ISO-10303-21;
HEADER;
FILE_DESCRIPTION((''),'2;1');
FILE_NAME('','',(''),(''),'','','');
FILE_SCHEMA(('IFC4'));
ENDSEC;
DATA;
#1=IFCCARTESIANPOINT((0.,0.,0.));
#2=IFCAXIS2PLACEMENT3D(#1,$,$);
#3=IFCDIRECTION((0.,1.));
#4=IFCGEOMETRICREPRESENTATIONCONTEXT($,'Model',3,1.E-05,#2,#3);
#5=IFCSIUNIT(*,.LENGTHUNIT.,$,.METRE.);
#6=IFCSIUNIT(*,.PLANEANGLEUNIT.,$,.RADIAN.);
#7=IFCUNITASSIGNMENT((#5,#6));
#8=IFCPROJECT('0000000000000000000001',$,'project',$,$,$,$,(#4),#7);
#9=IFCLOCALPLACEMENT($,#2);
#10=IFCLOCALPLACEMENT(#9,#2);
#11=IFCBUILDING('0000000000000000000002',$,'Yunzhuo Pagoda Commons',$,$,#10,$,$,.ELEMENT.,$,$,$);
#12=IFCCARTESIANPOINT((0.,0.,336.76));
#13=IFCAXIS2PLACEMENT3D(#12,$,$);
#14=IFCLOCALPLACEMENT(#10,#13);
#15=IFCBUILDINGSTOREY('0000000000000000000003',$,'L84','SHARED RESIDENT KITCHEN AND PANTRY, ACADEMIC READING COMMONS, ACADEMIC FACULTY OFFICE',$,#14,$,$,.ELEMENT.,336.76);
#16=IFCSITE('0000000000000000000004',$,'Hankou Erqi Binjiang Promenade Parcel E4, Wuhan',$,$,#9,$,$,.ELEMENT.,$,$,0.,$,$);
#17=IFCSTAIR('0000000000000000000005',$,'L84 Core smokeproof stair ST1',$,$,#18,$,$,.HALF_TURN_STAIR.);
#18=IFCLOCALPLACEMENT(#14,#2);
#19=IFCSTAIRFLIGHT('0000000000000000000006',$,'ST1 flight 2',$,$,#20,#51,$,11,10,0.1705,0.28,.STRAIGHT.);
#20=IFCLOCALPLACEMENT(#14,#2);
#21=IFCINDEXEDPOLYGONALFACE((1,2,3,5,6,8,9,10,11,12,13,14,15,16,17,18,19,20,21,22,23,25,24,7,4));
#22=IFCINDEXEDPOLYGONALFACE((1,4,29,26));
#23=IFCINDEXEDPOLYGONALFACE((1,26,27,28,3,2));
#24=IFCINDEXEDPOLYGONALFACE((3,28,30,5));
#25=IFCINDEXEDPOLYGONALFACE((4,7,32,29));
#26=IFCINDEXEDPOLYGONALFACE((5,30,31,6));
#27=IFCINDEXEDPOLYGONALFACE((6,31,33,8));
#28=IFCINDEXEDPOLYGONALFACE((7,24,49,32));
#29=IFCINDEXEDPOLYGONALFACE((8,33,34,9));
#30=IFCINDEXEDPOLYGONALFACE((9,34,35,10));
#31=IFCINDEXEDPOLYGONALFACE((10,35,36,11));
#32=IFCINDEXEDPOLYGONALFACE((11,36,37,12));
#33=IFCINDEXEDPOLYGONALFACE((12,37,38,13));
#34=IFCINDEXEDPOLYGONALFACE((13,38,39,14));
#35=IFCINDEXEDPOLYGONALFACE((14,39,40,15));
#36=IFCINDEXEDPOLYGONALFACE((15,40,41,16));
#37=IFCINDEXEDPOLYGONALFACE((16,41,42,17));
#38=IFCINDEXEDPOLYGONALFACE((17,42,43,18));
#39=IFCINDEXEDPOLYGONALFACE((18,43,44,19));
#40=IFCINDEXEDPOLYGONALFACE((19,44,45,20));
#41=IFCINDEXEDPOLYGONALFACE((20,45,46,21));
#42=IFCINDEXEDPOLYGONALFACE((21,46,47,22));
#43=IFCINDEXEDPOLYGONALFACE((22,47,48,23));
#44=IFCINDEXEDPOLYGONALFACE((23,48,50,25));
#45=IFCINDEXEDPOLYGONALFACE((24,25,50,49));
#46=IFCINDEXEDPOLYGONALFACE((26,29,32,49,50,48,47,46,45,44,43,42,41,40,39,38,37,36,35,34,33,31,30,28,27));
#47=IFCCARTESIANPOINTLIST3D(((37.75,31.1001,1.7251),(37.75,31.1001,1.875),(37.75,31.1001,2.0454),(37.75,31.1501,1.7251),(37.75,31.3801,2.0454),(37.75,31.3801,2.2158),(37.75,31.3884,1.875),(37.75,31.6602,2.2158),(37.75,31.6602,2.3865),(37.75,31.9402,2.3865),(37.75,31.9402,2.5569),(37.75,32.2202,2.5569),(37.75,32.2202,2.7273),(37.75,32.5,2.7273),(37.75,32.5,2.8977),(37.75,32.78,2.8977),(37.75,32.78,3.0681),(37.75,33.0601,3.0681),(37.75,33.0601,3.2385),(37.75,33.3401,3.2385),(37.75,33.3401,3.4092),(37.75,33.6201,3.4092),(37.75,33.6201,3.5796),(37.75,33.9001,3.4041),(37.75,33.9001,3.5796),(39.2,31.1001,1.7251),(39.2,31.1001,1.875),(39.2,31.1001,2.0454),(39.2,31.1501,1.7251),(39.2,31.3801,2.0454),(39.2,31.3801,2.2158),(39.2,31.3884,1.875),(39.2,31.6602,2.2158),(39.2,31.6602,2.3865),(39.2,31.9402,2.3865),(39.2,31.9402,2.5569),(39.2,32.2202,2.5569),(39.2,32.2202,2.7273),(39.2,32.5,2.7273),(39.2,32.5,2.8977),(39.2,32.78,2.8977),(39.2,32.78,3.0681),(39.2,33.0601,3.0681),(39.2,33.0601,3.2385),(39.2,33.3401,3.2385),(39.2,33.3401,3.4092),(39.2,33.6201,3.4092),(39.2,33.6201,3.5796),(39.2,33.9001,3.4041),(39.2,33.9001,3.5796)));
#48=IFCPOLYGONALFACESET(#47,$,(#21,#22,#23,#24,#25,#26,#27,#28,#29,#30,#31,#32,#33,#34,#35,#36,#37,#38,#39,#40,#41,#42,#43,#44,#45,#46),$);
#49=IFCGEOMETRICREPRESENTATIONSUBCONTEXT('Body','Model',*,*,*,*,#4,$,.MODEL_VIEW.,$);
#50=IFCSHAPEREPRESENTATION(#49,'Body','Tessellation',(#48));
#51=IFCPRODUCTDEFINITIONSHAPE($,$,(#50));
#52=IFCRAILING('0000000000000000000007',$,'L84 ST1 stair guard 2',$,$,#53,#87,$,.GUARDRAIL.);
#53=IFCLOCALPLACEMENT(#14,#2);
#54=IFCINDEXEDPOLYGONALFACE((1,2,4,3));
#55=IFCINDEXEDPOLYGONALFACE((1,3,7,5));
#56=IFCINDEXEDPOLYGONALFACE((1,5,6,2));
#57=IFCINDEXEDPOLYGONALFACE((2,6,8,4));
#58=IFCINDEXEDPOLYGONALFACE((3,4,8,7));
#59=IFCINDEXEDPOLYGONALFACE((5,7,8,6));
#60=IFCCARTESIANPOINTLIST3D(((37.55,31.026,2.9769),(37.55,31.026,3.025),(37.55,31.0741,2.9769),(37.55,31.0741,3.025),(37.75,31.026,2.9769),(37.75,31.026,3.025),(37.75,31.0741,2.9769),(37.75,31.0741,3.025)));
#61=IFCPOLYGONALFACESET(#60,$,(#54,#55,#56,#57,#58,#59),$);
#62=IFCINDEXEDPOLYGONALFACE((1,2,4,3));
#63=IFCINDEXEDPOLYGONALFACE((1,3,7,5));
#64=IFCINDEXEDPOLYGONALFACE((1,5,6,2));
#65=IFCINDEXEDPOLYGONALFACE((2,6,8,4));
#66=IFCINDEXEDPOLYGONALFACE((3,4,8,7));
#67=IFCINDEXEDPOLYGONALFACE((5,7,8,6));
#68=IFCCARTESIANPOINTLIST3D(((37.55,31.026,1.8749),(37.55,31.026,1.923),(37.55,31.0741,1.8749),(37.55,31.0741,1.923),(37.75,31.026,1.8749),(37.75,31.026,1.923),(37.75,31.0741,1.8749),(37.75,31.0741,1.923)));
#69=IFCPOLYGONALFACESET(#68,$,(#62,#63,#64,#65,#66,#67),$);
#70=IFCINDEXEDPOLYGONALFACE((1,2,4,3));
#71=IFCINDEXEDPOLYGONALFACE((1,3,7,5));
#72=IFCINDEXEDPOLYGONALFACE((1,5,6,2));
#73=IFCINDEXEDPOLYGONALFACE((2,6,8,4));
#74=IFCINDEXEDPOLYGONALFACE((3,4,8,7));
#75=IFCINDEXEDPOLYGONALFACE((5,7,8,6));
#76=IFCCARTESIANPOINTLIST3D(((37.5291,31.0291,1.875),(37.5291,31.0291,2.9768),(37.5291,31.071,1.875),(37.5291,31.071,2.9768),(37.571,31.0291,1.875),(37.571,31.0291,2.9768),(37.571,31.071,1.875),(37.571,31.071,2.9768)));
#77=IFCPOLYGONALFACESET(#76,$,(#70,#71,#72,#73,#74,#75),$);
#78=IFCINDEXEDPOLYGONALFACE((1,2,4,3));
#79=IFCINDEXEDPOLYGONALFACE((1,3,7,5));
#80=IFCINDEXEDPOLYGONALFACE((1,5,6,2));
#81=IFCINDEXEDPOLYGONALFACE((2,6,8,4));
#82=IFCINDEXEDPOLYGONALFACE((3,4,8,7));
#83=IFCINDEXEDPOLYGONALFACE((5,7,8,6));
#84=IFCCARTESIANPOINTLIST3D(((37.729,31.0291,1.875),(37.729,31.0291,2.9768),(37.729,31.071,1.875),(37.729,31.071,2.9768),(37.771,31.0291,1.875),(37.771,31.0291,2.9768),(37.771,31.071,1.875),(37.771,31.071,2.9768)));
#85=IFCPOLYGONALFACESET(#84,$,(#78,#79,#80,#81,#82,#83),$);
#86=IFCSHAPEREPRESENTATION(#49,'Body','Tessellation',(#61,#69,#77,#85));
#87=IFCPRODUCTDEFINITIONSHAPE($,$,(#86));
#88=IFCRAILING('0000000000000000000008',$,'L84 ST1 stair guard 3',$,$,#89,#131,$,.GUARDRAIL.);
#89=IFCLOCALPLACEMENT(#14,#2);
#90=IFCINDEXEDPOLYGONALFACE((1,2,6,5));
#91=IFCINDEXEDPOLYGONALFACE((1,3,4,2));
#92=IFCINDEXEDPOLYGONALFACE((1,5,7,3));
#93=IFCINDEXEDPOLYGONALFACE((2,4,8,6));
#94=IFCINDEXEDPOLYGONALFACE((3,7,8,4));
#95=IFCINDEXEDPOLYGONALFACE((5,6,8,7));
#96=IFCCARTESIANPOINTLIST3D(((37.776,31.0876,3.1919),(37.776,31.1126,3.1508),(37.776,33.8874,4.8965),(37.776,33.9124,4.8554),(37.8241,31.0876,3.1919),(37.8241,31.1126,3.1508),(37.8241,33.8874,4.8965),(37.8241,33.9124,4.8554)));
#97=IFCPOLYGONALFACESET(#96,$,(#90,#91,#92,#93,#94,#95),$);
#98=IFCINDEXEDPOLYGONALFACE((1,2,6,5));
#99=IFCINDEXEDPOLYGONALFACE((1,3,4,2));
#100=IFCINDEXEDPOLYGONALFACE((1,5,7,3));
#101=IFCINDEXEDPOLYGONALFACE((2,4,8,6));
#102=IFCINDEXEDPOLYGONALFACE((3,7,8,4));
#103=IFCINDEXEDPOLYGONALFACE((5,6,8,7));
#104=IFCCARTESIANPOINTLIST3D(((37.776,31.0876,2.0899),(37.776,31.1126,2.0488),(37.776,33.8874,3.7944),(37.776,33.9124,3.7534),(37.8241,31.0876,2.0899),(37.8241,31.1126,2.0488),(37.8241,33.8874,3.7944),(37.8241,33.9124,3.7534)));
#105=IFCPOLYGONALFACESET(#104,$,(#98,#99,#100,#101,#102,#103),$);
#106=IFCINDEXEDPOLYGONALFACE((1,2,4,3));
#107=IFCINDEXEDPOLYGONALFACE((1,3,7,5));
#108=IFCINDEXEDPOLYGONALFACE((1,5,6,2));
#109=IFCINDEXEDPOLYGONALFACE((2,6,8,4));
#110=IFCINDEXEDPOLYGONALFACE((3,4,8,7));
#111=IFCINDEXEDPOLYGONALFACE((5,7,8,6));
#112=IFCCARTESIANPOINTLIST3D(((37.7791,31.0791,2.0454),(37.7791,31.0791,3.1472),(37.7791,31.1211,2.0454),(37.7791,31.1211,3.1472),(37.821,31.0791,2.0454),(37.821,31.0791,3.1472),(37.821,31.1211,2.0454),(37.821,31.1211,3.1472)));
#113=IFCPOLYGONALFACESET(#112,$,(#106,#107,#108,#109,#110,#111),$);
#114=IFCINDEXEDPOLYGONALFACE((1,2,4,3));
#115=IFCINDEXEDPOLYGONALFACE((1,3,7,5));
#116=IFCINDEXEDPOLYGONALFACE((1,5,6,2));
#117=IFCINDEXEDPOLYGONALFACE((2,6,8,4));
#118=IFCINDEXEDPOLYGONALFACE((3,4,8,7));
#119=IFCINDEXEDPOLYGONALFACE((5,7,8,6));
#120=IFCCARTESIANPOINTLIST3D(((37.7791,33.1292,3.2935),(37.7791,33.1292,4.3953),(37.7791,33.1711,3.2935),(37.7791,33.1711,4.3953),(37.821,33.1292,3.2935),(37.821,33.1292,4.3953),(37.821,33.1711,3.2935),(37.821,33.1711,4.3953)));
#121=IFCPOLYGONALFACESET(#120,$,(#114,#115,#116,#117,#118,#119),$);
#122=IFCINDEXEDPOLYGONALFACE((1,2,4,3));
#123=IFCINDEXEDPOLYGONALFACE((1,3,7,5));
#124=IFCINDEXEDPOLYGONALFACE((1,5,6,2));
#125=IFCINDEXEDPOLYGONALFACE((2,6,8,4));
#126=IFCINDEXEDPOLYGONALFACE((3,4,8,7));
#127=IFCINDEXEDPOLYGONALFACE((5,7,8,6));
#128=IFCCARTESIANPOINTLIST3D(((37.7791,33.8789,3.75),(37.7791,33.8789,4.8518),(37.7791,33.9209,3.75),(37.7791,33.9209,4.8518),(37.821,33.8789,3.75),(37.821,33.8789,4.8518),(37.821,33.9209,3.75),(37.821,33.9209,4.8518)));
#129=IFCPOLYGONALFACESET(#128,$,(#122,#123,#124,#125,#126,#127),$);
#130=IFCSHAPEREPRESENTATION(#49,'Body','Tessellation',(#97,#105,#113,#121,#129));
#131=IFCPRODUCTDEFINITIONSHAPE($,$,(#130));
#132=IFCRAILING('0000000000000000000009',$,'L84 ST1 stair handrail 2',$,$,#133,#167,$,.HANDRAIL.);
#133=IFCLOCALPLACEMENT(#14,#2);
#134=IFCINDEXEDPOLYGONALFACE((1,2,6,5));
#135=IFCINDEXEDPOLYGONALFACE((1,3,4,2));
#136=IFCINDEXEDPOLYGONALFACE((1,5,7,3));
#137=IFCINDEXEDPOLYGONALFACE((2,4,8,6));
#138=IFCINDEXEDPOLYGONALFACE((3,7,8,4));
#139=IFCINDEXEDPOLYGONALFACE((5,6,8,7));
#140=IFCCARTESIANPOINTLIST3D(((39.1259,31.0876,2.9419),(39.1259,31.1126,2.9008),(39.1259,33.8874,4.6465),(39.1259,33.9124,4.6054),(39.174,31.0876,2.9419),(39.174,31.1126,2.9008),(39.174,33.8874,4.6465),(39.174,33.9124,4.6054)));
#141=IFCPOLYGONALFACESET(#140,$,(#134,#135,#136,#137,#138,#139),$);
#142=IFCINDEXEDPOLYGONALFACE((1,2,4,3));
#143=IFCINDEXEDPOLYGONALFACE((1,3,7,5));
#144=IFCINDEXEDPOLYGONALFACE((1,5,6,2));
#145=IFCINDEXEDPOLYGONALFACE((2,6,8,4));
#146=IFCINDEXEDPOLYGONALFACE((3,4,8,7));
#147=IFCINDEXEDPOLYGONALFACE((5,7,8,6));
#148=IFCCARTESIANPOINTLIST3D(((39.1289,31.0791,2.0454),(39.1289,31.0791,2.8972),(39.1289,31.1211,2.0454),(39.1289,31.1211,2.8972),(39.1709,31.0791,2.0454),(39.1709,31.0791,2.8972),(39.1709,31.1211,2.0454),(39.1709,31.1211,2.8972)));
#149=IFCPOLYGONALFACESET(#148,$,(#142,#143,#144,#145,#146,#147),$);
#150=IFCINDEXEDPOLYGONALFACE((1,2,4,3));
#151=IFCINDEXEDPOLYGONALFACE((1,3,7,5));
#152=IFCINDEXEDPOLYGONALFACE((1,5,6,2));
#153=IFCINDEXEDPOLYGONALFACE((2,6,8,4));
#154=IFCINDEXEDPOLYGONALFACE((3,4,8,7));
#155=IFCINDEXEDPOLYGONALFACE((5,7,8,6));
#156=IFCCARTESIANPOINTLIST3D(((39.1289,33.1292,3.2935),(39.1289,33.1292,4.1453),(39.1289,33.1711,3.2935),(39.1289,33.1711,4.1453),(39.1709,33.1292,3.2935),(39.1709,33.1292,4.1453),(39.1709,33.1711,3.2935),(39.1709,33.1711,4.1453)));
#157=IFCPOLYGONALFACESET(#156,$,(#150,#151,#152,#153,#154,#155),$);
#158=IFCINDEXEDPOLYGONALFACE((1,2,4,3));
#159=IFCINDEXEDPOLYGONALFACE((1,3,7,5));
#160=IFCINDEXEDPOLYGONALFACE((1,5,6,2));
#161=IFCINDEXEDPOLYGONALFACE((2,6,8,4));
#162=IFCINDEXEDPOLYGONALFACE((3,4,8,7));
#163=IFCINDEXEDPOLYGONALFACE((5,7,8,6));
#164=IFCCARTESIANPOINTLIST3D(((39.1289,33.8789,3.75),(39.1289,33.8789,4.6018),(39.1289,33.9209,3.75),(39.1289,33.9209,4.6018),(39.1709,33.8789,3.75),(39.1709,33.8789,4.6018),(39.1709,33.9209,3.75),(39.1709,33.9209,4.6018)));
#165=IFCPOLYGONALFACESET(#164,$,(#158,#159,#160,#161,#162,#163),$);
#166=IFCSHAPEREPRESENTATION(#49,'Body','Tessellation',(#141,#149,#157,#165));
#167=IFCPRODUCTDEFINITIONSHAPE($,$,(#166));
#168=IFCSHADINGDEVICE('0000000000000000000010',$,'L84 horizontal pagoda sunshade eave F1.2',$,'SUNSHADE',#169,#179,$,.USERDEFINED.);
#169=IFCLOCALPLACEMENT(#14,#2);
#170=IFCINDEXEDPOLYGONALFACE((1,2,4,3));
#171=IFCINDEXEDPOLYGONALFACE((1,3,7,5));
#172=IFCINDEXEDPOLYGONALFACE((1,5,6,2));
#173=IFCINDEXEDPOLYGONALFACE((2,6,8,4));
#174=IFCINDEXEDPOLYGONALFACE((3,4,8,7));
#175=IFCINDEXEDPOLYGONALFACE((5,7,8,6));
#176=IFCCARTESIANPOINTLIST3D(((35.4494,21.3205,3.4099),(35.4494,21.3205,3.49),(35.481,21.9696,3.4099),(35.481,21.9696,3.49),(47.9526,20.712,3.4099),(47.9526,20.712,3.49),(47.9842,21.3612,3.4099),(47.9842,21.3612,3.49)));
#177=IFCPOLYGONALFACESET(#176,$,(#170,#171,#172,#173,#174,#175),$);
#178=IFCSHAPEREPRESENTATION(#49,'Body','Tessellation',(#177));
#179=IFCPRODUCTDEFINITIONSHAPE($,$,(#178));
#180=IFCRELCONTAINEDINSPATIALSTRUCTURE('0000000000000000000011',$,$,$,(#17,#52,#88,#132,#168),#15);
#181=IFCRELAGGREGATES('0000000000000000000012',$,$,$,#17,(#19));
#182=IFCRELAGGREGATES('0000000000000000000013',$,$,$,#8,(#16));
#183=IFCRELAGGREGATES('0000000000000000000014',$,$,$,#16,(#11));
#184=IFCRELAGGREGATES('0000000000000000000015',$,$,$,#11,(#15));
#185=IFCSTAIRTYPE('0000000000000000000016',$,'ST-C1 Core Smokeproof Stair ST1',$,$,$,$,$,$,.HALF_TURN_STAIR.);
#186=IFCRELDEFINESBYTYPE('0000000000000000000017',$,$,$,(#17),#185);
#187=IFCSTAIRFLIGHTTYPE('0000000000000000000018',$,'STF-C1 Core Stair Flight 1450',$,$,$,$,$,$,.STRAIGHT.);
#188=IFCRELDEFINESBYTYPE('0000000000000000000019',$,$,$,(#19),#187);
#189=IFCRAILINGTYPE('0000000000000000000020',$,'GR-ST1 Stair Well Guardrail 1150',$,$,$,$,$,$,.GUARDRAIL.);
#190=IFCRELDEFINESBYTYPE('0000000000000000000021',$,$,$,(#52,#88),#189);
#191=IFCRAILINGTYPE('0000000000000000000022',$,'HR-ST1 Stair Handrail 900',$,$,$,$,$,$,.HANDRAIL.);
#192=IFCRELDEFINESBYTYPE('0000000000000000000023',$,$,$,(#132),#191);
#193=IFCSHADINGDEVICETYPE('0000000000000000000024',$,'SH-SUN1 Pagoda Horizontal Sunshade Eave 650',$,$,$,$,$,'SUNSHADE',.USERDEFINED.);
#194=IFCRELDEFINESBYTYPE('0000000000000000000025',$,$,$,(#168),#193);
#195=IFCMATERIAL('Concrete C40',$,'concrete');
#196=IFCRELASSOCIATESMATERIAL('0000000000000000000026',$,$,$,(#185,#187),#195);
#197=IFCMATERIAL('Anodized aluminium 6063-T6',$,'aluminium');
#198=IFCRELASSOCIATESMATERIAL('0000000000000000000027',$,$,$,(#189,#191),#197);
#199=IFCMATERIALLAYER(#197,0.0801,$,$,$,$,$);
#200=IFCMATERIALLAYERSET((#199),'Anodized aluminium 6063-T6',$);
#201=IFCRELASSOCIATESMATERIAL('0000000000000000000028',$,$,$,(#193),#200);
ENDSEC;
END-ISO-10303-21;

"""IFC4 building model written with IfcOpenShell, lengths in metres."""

from ifc_helpers import new_model, si_unit, direction, frame, origin, origin_2d, place, context, subcontext, project, spatial, polyline, rectangle, outline, extrude, source, transform, mapped, material, layer, layer_set, type_object, element, aggregate, save


model = new_model("IFC4")

# Units and contexts
model_context = context("Model", 3, precision=1e-05, world=origin(), true_north=direction((0.0, 1.0)))
body_context = subcontext(model_context, "Body", "Model", "MODEL_VIEW")
ifc_project = project(units=[si_unit("LENGTHUNIT", "METRE"), si_unit("PLANEANGLEUNIT", "RADIAN")], contexts=[model_context])

# Site, building, storey
site_placement = place(None, origin())
site = spatial("IfcSite", under=ifc_project, at=site_placement, Name="Hankou Erqi Binjiang Promenade Parcel E4, Wuhan", CompositionType="ELEMENT", RefElevation=0.0)
building_placement = place(site_placement, origin())
building = spatial("IfcBuilding", under=site, at=building_placement, Name="Yunzhuo Pagoda Commons", CompositionType="ELEMENT")
storey_placement = place(building_placement, frame((0.0, 0.0, 336.76)))
storey = spatial("IfcBuildingStorey", under=building, at=storey_placement, Name="L84", Description="SHARED RESIDENT KITCHEN AND PANTRY, ACADEMIC READING COMMONS, ACADEMIC FACULTY OFFICE", CompositionType="ELEMENT", Elevation=336.76)

# Shared definitions
ifc_material_1 = material(Name="Anodized aluminium 6063-T6", Category="aluminium")

# Stair, stair flight
ifc_material_2 = material(Name="Concrete C40", Category="concrete")
stair_type = type_object("IfcStairType", Name="ST-C1 Core Smokeproof Stair ST1", PredefinedType="HALF_TURN_STAIR", material=ifc_material_2)
stair_placement = place(storey_placement, origin())
stair = element("IfcStair", 1, at=stair_placement, inside=storey, type_object=stair_type, Name="L84 Core smokeproof stair ST1", PredefinedType="HALF_TURN_STAIR")
stair_flight_type = type_object("IfcStairFlightType", Name="STF-C1 Core Stair Flight 1450", PredefinedType="STRAIGHT", material=ifc_material_2)
shared_shape_1 = source(origin(), body_context, "Body", "SweptSolid", [
    extrude(outline(polyline([(0.0, -0.1499), (0.0, 0.0), (0.0, 0.1704), (0.28, 0.1704), (0.28, 0.3408), (0.5601, 0.3408), (0.5601, 0.5115), (0.8401, 0.5115), (0.8401, 0.6819), (1.1201, 0.6819), (1.1201, 0.8523), (1.3999, 0.8523), (1.3999, 1.0227), (1.6799, 1.0227), (1.6799, 1.1931), (1.96, 1.1931), (1.96, 1.3635), (2.24, 1.3635), (2.24, 1.5342), (2.52, 1.5342), (2.52, 1.7046), (2.8, 1.7046), (2.8, 1.875), (2.8, 1.5291), (0.2883, 0.0), (0.05, -0.1499), (0.0, -0.1499)])), frame((0.0, 0.7251, 0.0), z_axis=(0.0, -1.0, 0.0), x_axis=(1.0, 0.0, 0.0)), (0.0, 0.0, 1.0), 1.45),
])
stair_flight_placement = place(storey_placement, frame((38.4751, 31.1001, 1.875), z_axis=(0.0, 0.0, 1.0), x_axis=(0.0, 1.0, 0.0)))
stair_flight = element("IfcStairFlight", 2, at=stair_flight_placement, type_object=stair_flight_type, Name="ST1 flight 2", NumberOfRisers=11, NumberOfTreads=10, PredefinedType="STRAIGHT", RiserHeight=0.1705, TreadLength=0.28, context=body_context, shape_type="MappedRepresentation", body=[
    mapped(shared_shape_1, transform((0.0, 0.0, 0.0), scale=1.0)),
])
aggregate(stair, [stair_flight])

# Railings
railing_type_1 = type_object("IfcRailingType", Name="GR-ST1 Stair Well Guardrail 1150", PredefinedType="GUARDRAIL", material=ifc_material_1)
railing_1_placement = place(storey_placement, frame((37.55, 31.05, 1.875)))
element("IfcRailing", 3, at=railing_1_placement, inside=storey, type_object=railing_type_1, Name="L84 ST1 stair guard 2", PredefinedType="GUARDRAIL", context=body_context, shape_type="SweptSolid", body=[
    extrude(rectangle(XDim=0.0481, YDim=0.0481, at=origin_2d()), frame((0.0, 0.0, 1.126), z_axis=(1.0, 0.0, 0.0), x_axis=(0.0, 1.0, 0.0)), (0.0, 0.0, 1.0), 0.2),
    extrude(rectangle(XDim=0.0481, YDim=0.0481, at=origin_2d()), frame((0.0, 0.0, 0.0239), z_axis=(1.0, 0.0, 0.0), x_axis=(0.0, 1.0, 0.0)), (0.0, 0.0, 1.0), 0.2),
    extrude(rectangle(XDim=0.042, YDim=0.042, at=origin_2d()), origin(), (0.0, 0.0, 1.0), 1.1018),
    extrude(rectangle(XDim=0.042, YDim=0.042, at=origin_2d()), frame((0.2, 0.0, 0.0)), (0.0, 0.0, 1.0), 1.1018),
])
railing_2_placement = place(storey_placement, frame((37.8, 31.1001, 2.0454)))
element("IfcRailing", 4, at=railing_2_placement, inside=storey, type_object=railing_type_1, Name="L84 ST1 stair guard 3", PredefinedType="GUARDRAIL", context=body_context, shape_type="SweptSolid", body=[
    extrude(rectangle(XDim=0.0481, YDim=0.0481, at=origin_2d()), frame((0.0, 0.0, 1.126), z_axis=(0.0, 0.85415, 0.520027), x_axis=(-1.0, 0.0, 0.0)), (0.0, 0.0, 1.0), 3.2778),
    extrude(rectangle(XDim=0.0481, YDim=0.0481, at=origin_2d()), frame((0.0, 0.0, 0.0239), z_axis=(0.0, 0.85415, 0.520027), x_axis=(-1.0, 0.0, 0.0)), (0.0, 0.0, 1.0), 3.2778),
    extrude(rectangle(XDim=0.042, YDim=0.042, at=origin_2d()), origin(), (0.0, 0.0, 1.0), 1.1018),
    extrude(rectangle(XDim=0.042, YDim=0.042, at=origin_2d()), frame((0.0, 2.05, 1.248)), (0.0, 0.0, 1.0), 1.1018),
    extrude(rectangle(XDim=0.042, YDim=0.042, at=origin_2d()), frame((0.0, 2.7998, 1.7046)), (0.0, 0.0, 1.0), 1.1018),
])
railing_type_2 = type_object("IfcRailingType", Name="HR-ST1 Stair Handrail 900", PredefinedType="HANDRAIL", material=ifc_material_1)
railing_3_placement = place(storey_placement, frame((39.1499, 31.1001, 2.0454)))
element("IfcRailing", 5, at=railing_3_placement, inside=storey, type_object=railing_type_2, Name="L84 ST1 stair handrail 2", PredefinedType="HANDRAIL", context=body_context, shape_type="SweptSolid", body=[
    extrude(rectangle(XDim=0.0481, YDim=0.0481, at=origin_2d()), frame((0.0, 0.0, 0.876), z_axis=(0.0, 0.85415, 0.520027), x_axis=(-1.0, 0.0, 0.0)), (0.0, 0.0, 1.0), 3.2778),
    extrude(rectangle(XDim=0.042, YDim=0.042, at=origin_2d()), origin(), (0.0, 0.0, 1.0), 0.8518),
    extrude(rectangle(XDim=0.042, YDim=0.042, at=origin_2d()), frame((0.0, 2.05, 1.248)), (0.0, 0.0, 1.0), 0.8518),
    extrude(rectangle(XDim=0.042, YDim=0.042, at=origin_2d()), frame((0.0, 2.7998, 1.7046)), (0.0, 0.0, 1.0), 0.8518),
])

# Shading device
ifc_layer_1 = layer(ifc_material_1, 0.0801)
ifc_layer_set_1 = layer_set([ifc_layer_1], Name="Anodized aluminium 6063-T6")
shading_device_type = type_object("IfcShadingDeviceType", Name="SH-SUN1 Pagoda Horizontal Sunshade Eave 650", ElementType="SUNSHADE", PredefinedType="USERDEFINED", material=ifc_layer_set_1)
shared_shape_2 = source(origin(), body_context, "Body", "SweptSolid", [
    extrude(rectangle(XDim=12.5181, YDim=0.6499, at=origin_2d()), origin(), (0.0, 0.0, 1.0), 0.0801),
])
shading_device_placement = place(storey_placement, frame((41.7168, 21.3408, 3.4099), z_axis=(0.0, 0.0, 1.0), x_axis=(0.998818, -0.048606, 0.0)))
element("IfcShadingDevice", 6, at=shading_device_placement, inside=storey, type_object=shading_device_type, Name="L84 horizontal pagoda sunshade eave F1.2", ObjectType="SUNSHADE", PredefinedType="USERDEFINED", context=body_context, shape_type="MappedRepresentation", body=[
    mapped(shared_shape_2, transform((0.0, 0.0, 0.0), scale=1.0)),
])

save(model, "model.ifc")
